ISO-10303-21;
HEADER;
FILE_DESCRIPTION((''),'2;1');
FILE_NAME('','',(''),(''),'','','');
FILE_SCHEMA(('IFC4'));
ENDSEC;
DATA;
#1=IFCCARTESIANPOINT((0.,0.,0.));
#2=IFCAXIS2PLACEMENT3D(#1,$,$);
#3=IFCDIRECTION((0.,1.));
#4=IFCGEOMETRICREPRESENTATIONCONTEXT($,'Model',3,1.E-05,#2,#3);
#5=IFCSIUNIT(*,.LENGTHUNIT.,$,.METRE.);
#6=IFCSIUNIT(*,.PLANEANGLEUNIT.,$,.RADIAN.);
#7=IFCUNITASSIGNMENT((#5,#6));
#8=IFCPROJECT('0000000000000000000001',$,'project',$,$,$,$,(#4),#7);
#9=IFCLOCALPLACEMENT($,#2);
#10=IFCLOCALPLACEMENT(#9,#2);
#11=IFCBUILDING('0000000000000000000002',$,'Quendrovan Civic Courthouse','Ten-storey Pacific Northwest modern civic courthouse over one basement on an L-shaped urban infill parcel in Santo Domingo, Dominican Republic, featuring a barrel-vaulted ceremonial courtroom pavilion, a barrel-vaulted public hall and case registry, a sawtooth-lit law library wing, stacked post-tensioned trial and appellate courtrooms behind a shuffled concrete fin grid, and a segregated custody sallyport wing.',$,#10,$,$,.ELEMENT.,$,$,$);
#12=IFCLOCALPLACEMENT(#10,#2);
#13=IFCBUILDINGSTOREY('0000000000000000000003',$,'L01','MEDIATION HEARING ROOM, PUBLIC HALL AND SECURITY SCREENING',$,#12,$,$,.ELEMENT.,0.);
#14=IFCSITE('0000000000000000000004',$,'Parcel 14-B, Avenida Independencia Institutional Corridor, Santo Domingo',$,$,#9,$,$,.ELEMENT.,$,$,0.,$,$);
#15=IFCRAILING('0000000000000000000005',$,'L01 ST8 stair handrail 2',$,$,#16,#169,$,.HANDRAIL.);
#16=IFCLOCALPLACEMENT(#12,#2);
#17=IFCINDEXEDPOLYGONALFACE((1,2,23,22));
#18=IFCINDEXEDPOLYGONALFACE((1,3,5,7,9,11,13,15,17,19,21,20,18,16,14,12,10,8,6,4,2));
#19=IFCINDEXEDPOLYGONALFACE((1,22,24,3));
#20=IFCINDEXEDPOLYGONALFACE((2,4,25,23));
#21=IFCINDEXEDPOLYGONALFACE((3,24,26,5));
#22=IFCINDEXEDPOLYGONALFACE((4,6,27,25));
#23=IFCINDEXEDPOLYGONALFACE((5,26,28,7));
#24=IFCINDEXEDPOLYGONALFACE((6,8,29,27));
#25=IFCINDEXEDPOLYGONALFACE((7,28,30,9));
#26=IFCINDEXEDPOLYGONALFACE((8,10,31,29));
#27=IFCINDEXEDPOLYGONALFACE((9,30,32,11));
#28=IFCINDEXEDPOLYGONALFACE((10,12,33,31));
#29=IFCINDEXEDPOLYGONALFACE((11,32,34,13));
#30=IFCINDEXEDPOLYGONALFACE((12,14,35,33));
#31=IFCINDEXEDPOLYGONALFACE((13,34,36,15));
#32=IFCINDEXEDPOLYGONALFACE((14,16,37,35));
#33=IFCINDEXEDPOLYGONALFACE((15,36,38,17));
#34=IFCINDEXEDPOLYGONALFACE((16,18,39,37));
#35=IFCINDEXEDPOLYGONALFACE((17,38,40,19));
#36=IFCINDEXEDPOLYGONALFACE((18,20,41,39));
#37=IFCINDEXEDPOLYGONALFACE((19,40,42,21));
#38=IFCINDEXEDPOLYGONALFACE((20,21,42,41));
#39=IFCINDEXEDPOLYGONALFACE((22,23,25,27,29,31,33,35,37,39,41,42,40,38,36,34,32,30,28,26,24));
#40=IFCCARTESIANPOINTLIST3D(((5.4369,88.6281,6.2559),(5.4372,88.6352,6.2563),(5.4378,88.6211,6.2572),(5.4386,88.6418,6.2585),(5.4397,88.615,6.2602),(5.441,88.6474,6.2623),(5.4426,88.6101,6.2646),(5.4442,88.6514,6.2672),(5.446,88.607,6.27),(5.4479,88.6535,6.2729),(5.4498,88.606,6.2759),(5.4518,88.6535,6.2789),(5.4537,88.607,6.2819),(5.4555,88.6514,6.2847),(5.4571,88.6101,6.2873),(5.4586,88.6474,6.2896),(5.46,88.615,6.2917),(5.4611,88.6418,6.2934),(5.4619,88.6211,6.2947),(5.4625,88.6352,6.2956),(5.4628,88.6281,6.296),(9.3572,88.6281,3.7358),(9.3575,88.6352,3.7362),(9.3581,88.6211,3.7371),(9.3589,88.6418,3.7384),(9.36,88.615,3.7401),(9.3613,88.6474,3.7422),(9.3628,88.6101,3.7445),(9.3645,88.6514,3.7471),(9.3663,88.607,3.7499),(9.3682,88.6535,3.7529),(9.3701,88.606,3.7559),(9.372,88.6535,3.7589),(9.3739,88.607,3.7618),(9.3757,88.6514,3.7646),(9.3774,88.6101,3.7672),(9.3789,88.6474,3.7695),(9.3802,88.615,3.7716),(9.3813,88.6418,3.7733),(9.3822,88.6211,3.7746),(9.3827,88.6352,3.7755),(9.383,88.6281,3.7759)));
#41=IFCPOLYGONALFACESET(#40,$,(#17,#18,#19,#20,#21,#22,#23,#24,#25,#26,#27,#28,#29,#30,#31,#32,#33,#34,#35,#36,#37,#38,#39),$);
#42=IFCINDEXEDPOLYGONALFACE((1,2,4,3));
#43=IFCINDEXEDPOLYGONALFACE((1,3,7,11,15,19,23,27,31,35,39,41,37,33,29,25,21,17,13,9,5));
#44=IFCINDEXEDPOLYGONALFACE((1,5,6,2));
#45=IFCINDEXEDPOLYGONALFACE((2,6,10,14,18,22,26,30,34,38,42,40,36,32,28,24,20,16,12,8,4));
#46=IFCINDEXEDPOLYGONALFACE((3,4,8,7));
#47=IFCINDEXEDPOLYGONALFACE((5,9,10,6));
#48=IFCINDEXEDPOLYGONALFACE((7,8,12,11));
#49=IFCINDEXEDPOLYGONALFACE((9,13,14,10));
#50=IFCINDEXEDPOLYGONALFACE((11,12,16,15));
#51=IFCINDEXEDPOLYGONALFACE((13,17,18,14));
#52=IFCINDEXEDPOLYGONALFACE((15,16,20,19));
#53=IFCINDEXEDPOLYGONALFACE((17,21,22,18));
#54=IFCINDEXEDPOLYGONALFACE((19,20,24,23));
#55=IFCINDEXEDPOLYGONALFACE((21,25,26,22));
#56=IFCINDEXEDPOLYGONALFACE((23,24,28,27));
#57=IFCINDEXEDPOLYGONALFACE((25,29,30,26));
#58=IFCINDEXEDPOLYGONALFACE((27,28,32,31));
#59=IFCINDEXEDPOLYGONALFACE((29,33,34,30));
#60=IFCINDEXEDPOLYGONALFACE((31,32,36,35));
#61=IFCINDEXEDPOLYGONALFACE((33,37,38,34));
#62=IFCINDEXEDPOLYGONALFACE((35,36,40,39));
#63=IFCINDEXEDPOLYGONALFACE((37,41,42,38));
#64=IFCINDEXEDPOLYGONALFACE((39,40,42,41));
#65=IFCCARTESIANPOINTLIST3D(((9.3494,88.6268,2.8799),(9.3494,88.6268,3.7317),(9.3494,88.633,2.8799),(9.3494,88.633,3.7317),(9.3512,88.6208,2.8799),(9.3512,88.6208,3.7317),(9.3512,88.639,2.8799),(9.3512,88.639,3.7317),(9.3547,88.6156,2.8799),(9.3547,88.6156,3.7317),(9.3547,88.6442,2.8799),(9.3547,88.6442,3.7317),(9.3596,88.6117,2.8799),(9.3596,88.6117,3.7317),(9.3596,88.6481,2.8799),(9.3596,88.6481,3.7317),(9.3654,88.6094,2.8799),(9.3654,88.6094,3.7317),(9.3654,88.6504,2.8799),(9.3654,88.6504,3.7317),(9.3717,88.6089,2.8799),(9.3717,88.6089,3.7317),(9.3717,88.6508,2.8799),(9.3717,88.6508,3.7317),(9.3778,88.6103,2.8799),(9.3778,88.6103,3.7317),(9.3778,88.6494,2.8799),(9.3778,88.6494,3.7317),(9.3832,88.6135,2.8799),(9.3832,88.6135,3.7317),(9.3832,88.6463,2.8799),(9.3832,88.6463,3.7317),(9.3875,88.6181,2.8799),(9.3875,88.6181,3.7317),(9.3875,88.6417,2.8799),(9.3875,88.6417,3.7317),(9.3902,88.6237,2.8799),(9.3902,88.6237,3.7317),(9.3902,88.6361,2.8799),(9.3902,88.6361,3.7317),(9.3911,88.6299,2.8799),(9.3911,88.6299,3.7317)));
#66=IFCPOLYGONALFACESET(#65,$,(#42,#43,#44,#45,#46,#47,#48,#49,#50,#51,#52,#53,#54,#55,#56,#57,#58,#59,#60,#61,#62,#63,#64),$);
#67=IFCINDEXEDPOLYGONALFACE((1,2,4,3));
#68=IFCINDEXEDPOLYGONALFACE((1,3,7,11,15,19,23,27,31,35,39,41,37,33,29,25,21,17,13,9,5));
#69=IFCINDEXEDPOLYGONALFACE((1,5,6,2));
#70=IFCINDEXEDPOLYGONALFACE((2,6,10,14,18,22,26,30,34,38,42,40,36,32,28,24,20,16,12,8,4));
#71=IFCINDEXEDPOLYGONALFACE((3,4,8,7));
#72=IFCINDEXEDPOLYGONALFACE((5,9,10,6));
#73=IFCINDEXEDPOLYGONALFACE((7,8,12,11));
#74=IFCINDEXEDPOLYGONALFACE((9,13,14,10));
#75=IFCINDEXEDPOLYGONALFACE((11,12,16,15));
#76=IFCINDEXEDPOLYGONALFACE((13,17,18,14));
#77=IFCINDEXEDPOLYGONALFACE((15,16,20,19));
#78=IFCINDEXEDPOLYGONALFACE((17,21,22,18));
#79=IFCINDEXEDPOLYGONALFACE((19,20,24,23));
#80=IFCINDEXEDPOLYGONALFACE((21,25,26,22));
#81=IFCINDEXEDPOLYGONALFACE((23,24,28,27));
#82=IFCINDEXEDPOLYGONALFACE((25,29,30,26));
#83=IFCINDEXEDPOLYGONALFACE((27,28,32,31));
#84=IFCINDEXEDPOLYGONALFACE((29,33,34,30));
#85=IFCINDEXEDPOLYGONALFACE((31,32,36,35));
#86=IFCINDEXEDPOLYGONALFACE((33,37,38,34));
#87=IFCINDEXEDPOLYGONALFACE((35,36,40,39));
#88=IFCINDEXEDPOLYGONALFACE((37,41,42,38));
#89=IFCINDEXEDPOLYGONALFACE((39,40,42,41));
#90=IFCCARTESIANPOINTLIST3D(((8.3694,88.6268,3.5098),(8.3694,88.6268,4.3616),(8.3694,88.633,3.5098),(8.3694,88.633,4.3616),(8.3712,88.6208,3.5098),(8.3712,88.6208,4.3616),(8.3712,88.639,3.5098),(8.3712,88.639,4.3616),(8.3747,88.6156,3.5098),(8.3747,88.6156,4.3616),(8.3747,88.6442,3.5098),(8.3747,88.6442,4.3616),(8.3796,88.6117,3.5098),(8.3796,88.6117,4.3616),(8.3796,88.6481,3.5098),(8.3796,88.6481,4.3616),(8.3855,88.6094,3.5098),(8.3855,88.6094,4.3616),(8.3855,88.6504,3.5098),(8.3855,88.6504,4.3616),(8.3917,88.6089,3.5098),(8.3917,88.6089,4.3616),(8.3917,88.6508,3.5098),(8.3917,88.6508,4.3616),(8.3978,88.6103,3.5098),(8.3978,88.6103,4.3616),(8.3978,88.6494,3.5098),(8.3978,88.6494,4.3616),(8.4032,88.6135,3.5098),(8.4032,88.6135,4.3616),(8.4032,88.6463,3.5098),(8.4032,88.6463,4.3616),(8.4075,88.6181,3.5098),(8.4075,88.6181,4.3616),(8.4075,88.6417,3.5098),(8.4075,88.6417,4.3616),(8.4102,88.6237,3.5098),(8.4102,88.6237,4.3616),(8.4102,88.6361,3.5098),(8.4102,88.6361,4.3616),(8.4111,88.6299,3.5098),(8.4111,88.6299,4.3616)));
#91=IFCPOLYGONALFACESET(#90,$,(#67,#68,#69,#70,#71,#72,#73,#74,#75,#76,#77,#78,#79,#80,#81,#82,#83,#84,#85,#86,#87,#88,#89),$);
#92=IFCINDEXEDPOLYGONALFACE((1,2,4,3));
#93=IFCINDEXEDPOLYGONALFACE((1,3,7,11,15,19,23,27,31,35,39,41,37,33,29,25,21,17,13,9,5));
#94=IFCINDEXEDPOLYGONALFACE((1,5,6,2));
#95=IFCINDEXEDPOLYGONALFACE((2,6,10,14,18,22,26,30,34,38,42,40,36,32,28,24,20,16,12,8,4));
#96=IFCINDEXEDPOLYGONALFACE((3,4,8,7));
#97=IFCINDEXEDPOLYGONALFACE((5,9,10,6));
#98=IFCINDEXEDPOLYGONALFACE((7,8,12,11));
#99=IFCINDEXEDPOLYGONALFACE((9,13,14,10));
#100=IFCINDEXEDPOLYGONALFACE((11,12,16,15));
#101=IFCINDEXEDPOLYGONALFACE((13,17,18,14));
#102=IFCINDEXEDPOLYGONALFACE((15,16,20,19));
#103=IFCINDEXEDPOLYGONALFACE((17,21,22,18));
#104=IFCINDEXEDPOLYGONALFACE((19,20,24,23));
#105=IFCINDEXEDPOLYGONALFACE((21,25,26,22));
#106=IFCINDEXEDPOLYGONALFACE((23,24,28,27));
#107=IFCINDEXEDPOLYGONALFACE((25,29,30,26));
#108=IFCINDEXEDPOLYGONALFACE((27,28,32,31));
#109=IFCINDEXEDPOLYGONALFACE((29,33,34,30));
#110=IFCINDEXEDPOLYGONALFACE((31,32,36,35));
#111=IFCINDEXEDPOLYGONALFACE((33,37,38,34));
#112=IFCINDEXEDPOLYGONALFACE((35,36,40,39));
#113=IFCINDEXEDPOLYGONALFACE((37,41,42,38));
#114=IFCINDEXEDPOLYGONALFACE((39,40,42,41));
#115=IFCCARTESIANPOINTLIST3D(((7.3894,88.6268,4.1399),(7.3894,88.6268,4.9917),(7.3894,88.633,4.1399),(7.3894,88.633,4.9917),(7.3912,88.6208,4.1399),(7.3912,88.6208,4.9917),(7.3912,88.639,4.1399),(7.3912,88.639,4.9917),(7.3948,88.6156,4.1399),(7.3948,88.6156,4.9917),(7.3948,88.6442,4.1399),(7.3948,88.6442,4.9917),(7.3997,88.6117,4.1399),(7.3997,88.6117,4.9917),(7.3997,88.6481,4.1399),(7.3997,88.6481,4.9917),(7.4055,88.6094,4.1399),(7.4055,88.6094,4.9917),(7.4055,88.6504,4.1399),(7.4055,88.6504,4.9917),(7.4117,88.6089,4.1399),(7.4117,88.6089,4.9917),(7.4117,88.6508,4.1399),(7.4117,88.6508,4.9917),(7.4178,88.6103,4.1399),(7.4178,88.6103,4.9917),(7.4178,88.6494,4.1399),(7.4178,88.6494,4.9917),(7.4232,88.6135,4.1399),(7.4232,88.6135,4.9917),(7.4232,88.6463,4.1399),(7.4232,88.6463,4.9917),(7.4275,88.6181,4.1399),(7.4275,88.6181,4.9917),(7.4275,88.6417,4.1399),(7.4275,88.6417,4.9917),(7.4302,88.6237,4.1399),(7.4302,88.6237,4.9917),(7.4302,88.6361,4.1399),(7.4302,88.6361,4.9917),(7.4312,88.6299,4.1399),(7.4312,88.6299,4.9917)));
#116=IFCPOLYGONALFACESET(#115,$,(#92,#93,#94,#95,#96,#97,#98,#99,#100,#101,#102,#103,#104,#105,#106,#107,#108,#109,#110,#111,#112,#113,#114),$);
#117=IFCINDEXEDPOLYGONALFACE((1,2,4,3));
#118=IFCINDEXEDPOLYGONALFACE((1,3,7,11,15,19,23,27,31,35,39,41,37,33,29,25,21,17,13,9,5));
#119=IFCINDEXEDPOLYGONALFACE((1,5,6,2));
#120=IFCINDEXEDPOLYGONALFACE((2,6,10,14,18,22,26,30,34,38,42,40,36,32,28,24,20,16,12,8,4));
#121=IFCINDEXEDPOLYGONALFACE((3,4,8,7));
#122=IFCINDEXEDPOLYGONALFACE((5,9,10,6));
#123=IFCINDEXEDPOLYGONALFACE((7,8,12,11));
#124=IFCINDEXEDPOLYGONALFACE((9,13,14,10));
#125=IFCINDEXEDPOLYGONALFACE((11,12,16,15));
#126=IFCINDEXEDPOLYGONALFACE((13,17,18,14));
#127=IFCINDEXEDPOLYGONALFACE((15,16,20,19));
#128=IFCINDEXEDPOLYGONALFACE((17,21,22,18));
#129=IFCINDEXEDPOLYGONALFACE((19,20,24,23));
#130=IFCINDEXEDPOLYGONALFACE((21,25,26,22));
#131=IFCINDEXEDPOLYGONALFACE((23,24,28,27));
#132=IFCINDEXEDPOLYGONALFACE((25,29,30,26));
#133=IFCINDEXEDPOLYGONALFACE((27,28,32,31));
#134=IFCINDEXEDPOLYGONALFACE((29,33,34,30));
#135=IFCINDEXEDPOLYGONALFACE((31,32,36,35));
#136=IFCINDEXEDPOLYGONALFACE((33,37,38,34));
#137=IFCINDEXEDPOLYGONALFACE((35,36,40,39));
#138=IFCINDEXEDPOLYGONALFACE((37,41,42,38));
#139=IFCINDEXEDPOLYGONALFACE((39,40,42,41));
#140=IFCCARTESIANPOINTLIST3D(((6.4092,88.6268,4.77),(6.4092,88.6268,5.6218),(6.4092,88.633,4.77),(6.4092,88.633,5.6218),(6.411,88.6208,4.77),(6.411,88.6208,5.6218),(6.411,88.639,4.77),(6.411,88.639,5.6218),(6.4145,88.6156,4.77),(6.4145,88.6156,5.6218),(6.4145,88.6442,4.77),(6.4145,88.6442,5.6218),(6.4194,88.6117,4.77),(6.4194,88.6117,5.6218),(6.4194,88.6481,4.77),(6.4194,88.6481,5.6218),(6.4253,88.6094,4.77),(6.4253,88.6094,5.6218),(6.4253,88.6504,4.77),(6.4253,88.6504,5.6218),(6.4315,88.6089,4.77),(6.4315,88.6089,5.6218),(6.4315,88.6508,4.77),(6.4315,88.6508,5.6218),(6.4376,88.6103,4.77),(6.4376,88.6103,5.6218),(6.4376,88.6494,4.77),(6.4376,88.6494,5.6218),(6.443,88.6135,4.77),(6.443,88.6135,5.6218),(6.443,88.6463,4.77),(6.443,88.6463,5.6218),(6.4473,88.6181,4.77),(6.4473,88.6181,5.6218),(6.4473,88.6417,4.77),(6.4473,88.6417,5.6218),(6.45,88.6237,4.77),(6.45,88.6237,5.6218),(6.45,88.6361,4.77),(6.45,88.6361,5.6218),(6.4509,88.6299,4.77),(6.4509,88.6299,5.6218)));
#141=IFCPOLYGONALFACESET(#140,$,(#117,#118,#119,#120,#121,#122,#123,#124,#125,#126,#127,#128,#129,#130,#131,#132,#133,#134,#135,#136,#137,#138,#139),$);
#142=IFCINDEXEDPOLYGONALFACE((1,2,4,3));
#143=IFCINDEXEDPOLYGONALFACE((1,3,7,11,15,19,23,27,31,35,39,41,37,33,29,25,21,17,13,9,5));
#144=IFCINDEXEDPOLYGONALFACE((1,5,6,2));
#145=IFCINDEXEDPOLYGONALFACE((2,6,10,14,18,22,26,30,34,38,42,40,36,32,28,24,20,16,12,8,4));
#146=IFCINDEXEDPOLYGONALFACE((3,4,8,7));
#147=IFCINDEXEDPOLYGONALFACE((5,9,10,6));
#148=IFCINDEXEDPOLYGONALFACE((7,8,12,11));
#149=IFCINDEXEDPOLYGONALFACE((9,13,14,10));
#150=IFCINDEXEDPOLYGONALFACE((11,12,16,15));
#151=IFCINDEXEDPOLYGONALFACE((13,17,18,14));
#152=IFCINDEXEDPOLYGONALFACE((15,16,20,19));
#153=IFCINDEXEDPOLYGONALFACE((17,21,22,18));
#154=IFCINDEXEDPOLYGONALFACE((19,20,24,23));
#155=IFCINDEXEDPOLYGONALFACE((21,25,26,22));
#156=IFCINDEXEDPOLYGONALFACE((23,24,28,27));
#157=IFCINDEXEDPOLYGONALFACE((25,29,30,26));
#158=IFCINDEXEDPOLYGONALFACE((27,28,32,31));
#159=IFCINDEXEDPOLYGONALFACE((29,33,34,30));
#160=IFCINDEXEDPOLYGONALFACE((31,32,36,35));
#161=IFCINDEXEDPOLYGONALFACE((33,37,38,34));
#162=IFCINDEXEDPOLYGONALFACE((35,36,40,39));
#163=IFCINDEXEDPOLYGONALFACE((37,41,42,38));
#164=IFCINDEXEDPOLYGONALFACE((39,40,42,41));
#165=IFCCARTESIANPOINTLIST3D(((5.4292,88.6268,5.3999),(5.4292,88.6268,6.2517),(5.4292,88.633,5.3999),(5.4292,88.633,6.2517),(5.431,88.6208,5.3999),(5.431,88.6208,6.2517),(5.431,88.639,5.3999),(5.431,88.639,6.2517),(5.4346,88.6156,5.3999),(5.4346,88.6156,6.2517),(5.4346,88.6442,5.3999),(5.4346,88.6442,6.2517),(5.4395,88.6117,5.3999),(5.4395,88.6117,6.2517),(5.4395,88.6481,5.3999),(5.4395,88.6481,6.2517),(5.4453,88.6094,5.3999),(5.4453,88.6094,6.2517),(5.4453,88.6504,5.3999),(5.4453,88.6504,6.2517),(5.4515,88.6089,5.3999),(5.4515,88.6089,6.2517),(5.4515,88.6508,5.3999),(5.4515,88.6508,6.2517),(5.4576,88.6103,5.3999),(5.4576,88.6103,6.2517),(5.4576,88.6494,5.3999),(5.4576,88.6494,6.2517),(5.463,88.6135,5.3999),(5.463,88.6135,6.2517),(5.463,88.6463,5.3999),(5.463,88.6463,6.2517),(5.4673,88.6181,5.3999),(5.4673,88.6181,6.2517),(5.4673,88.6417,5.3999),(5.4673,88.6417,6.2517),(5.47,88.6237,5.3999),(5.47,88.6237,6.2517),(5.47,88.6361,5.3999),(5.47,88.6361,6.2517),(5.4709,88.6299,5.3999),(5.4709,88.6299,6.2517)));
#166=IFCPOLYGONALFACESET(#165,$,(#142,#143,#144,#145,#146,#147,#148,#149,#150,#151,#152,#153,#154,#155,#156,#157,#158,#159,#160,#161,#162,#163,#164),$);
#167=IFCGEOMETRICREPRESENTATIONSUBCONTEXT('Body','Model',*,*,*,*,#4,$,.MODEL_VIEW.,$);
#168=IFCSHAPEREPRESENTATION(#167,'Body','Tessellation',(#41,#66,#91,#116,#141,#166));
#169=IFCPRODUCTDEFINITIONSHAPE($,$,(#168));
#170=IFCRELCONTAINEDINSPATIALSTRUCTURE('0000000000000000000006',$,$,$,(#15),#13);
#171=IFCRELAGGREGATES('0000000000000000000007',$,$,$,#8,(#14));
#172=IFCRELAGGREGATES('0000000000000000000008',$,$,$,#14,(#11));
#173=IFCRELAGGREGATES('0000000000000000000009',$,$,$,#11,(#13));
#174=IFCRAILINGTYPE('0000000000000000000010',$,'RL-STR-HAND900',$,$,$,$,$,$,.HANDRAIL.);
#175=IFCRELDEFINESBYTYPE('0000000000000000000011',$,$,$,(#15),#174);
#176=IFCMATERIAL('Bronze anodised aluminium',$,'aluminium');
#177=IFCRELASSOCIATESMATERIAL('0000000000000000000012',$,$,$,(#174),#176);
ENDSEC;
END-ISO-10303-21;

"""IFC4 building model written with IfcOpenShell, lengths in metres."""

from ifc_helpers import new_model, si_unit, direction, frame, origin, origin_2d, place, context, subcontext, project, spatial, circle, extrude, material, type_object, element, save


model = new_model("IFC4")

# Units and contexts
model_context = context("Model", 3, precision=1e-05, world=origin(), true_north=direction((0.0, 1.0)))
body_context = subcontext(model_context, "Body", "Model", "MODEL_VIEW")
ifc_project = project(units=[si_unit("LENGTHUNIT", "METRE"), si_unit("PLANEANGLEUNIT", "RADIAN")], contexts=[model_context])

# Site, building, storey
site_placement = place(None, origin())
site = spatial("IfcSite", under=ifc_project, at=site_placement, Name="Parcel 14-B, Avenida Independencia Institutional Corridor, Santo Domingo", CompositionType="ELEMENT", RefElevation=0.0)
building_placement = place(site_placement, origin())
building = spatial("IfcBuilding", under=site, at=building_placement, Name="Quendrovan Civic Courthouse", Description="Ten-storey Pacific Northwest modern civic courthouse over one basement on an L-shaped urban infill parcel in Santo Domingo, Dominican Republic, featuring a barrel-vaulted ceremonial courtroom pavilion, a barrel-vaulted public hall and case registry, a sawtooth-lit law library wing, stacked post-tensioned trial and appellate courtrooms behind a shuffled concrete fin grid, and a segregated custody sallyport wing.", CompositionType="ELEMENT")
storey_placement = place(building_placement, origin())
storey = spatial("IfcBuildingStorey", under=building, at=storey_placement, Name="L01", Description="MEDIATION HEARING ROOM, PUBLIC HALL AND SECURITY SCREENING", CompositionType="ELEMENT", Elevation=0.0)

# Shared definitions
ifc_material_1 = material(Name="Bronze anodised aluminium", Category="aluminium")

# Railing
railing_type = type_object("IfcRailingType", Name="RL-STR-HAND900", PredefinedType="HANDRAIL", material=ifc_material_1)
railing_placement = place(storey_placement, frame((9.3701, 88.6299, 2.8799)))
element("IfcRailing", 1, at=railing_placement, inside=storey, type_object=railing_type, Name="L01 ST8 stair handrail 2", PredefinedType="HANDRAIL", context=body_context, shape_type="SweptSolid", body=[
    extrude(circle(Radius=0.0239, at=origin_2d()), frame((0.0, 0.0, 0.876), z_axis=(-0.841187, 0.0, 0.540744), x_axis=(0.0, -1.0, 0.0)), (0.0, 0.0, 1.0), 4.6604),
    extrude(circle(Radius=0.021, at=origin_2d()), origin(), (0.0, 0.0, 1.0), 0.8518),
    extrude(circle(Radius=0.021, at=origin_2d()), frame((-0.98, 0.0, 0.6299)), (0.0, 0.0, 1.0), 0.8518),
    extrude(circle(Radius=0.021, at=origin_2d()), frame((-1.96, 0.0, 1.26)), (0.0, 0.0, 1.0), 0.8518),
    extrude(circle(Radius=0.021, at=origin_2d()), frame((-2.9402, 0.0, 1.8901)), (0.0, 0.0, 1.0), 0.8518),
    extrude(circle(Radius=0.021, at=origin_2d()), frame((-3.9202, 0.0, 2.52)), (0.0, 0.0, 1.0), 0.8518),
])

save(model, "model.ifc")
